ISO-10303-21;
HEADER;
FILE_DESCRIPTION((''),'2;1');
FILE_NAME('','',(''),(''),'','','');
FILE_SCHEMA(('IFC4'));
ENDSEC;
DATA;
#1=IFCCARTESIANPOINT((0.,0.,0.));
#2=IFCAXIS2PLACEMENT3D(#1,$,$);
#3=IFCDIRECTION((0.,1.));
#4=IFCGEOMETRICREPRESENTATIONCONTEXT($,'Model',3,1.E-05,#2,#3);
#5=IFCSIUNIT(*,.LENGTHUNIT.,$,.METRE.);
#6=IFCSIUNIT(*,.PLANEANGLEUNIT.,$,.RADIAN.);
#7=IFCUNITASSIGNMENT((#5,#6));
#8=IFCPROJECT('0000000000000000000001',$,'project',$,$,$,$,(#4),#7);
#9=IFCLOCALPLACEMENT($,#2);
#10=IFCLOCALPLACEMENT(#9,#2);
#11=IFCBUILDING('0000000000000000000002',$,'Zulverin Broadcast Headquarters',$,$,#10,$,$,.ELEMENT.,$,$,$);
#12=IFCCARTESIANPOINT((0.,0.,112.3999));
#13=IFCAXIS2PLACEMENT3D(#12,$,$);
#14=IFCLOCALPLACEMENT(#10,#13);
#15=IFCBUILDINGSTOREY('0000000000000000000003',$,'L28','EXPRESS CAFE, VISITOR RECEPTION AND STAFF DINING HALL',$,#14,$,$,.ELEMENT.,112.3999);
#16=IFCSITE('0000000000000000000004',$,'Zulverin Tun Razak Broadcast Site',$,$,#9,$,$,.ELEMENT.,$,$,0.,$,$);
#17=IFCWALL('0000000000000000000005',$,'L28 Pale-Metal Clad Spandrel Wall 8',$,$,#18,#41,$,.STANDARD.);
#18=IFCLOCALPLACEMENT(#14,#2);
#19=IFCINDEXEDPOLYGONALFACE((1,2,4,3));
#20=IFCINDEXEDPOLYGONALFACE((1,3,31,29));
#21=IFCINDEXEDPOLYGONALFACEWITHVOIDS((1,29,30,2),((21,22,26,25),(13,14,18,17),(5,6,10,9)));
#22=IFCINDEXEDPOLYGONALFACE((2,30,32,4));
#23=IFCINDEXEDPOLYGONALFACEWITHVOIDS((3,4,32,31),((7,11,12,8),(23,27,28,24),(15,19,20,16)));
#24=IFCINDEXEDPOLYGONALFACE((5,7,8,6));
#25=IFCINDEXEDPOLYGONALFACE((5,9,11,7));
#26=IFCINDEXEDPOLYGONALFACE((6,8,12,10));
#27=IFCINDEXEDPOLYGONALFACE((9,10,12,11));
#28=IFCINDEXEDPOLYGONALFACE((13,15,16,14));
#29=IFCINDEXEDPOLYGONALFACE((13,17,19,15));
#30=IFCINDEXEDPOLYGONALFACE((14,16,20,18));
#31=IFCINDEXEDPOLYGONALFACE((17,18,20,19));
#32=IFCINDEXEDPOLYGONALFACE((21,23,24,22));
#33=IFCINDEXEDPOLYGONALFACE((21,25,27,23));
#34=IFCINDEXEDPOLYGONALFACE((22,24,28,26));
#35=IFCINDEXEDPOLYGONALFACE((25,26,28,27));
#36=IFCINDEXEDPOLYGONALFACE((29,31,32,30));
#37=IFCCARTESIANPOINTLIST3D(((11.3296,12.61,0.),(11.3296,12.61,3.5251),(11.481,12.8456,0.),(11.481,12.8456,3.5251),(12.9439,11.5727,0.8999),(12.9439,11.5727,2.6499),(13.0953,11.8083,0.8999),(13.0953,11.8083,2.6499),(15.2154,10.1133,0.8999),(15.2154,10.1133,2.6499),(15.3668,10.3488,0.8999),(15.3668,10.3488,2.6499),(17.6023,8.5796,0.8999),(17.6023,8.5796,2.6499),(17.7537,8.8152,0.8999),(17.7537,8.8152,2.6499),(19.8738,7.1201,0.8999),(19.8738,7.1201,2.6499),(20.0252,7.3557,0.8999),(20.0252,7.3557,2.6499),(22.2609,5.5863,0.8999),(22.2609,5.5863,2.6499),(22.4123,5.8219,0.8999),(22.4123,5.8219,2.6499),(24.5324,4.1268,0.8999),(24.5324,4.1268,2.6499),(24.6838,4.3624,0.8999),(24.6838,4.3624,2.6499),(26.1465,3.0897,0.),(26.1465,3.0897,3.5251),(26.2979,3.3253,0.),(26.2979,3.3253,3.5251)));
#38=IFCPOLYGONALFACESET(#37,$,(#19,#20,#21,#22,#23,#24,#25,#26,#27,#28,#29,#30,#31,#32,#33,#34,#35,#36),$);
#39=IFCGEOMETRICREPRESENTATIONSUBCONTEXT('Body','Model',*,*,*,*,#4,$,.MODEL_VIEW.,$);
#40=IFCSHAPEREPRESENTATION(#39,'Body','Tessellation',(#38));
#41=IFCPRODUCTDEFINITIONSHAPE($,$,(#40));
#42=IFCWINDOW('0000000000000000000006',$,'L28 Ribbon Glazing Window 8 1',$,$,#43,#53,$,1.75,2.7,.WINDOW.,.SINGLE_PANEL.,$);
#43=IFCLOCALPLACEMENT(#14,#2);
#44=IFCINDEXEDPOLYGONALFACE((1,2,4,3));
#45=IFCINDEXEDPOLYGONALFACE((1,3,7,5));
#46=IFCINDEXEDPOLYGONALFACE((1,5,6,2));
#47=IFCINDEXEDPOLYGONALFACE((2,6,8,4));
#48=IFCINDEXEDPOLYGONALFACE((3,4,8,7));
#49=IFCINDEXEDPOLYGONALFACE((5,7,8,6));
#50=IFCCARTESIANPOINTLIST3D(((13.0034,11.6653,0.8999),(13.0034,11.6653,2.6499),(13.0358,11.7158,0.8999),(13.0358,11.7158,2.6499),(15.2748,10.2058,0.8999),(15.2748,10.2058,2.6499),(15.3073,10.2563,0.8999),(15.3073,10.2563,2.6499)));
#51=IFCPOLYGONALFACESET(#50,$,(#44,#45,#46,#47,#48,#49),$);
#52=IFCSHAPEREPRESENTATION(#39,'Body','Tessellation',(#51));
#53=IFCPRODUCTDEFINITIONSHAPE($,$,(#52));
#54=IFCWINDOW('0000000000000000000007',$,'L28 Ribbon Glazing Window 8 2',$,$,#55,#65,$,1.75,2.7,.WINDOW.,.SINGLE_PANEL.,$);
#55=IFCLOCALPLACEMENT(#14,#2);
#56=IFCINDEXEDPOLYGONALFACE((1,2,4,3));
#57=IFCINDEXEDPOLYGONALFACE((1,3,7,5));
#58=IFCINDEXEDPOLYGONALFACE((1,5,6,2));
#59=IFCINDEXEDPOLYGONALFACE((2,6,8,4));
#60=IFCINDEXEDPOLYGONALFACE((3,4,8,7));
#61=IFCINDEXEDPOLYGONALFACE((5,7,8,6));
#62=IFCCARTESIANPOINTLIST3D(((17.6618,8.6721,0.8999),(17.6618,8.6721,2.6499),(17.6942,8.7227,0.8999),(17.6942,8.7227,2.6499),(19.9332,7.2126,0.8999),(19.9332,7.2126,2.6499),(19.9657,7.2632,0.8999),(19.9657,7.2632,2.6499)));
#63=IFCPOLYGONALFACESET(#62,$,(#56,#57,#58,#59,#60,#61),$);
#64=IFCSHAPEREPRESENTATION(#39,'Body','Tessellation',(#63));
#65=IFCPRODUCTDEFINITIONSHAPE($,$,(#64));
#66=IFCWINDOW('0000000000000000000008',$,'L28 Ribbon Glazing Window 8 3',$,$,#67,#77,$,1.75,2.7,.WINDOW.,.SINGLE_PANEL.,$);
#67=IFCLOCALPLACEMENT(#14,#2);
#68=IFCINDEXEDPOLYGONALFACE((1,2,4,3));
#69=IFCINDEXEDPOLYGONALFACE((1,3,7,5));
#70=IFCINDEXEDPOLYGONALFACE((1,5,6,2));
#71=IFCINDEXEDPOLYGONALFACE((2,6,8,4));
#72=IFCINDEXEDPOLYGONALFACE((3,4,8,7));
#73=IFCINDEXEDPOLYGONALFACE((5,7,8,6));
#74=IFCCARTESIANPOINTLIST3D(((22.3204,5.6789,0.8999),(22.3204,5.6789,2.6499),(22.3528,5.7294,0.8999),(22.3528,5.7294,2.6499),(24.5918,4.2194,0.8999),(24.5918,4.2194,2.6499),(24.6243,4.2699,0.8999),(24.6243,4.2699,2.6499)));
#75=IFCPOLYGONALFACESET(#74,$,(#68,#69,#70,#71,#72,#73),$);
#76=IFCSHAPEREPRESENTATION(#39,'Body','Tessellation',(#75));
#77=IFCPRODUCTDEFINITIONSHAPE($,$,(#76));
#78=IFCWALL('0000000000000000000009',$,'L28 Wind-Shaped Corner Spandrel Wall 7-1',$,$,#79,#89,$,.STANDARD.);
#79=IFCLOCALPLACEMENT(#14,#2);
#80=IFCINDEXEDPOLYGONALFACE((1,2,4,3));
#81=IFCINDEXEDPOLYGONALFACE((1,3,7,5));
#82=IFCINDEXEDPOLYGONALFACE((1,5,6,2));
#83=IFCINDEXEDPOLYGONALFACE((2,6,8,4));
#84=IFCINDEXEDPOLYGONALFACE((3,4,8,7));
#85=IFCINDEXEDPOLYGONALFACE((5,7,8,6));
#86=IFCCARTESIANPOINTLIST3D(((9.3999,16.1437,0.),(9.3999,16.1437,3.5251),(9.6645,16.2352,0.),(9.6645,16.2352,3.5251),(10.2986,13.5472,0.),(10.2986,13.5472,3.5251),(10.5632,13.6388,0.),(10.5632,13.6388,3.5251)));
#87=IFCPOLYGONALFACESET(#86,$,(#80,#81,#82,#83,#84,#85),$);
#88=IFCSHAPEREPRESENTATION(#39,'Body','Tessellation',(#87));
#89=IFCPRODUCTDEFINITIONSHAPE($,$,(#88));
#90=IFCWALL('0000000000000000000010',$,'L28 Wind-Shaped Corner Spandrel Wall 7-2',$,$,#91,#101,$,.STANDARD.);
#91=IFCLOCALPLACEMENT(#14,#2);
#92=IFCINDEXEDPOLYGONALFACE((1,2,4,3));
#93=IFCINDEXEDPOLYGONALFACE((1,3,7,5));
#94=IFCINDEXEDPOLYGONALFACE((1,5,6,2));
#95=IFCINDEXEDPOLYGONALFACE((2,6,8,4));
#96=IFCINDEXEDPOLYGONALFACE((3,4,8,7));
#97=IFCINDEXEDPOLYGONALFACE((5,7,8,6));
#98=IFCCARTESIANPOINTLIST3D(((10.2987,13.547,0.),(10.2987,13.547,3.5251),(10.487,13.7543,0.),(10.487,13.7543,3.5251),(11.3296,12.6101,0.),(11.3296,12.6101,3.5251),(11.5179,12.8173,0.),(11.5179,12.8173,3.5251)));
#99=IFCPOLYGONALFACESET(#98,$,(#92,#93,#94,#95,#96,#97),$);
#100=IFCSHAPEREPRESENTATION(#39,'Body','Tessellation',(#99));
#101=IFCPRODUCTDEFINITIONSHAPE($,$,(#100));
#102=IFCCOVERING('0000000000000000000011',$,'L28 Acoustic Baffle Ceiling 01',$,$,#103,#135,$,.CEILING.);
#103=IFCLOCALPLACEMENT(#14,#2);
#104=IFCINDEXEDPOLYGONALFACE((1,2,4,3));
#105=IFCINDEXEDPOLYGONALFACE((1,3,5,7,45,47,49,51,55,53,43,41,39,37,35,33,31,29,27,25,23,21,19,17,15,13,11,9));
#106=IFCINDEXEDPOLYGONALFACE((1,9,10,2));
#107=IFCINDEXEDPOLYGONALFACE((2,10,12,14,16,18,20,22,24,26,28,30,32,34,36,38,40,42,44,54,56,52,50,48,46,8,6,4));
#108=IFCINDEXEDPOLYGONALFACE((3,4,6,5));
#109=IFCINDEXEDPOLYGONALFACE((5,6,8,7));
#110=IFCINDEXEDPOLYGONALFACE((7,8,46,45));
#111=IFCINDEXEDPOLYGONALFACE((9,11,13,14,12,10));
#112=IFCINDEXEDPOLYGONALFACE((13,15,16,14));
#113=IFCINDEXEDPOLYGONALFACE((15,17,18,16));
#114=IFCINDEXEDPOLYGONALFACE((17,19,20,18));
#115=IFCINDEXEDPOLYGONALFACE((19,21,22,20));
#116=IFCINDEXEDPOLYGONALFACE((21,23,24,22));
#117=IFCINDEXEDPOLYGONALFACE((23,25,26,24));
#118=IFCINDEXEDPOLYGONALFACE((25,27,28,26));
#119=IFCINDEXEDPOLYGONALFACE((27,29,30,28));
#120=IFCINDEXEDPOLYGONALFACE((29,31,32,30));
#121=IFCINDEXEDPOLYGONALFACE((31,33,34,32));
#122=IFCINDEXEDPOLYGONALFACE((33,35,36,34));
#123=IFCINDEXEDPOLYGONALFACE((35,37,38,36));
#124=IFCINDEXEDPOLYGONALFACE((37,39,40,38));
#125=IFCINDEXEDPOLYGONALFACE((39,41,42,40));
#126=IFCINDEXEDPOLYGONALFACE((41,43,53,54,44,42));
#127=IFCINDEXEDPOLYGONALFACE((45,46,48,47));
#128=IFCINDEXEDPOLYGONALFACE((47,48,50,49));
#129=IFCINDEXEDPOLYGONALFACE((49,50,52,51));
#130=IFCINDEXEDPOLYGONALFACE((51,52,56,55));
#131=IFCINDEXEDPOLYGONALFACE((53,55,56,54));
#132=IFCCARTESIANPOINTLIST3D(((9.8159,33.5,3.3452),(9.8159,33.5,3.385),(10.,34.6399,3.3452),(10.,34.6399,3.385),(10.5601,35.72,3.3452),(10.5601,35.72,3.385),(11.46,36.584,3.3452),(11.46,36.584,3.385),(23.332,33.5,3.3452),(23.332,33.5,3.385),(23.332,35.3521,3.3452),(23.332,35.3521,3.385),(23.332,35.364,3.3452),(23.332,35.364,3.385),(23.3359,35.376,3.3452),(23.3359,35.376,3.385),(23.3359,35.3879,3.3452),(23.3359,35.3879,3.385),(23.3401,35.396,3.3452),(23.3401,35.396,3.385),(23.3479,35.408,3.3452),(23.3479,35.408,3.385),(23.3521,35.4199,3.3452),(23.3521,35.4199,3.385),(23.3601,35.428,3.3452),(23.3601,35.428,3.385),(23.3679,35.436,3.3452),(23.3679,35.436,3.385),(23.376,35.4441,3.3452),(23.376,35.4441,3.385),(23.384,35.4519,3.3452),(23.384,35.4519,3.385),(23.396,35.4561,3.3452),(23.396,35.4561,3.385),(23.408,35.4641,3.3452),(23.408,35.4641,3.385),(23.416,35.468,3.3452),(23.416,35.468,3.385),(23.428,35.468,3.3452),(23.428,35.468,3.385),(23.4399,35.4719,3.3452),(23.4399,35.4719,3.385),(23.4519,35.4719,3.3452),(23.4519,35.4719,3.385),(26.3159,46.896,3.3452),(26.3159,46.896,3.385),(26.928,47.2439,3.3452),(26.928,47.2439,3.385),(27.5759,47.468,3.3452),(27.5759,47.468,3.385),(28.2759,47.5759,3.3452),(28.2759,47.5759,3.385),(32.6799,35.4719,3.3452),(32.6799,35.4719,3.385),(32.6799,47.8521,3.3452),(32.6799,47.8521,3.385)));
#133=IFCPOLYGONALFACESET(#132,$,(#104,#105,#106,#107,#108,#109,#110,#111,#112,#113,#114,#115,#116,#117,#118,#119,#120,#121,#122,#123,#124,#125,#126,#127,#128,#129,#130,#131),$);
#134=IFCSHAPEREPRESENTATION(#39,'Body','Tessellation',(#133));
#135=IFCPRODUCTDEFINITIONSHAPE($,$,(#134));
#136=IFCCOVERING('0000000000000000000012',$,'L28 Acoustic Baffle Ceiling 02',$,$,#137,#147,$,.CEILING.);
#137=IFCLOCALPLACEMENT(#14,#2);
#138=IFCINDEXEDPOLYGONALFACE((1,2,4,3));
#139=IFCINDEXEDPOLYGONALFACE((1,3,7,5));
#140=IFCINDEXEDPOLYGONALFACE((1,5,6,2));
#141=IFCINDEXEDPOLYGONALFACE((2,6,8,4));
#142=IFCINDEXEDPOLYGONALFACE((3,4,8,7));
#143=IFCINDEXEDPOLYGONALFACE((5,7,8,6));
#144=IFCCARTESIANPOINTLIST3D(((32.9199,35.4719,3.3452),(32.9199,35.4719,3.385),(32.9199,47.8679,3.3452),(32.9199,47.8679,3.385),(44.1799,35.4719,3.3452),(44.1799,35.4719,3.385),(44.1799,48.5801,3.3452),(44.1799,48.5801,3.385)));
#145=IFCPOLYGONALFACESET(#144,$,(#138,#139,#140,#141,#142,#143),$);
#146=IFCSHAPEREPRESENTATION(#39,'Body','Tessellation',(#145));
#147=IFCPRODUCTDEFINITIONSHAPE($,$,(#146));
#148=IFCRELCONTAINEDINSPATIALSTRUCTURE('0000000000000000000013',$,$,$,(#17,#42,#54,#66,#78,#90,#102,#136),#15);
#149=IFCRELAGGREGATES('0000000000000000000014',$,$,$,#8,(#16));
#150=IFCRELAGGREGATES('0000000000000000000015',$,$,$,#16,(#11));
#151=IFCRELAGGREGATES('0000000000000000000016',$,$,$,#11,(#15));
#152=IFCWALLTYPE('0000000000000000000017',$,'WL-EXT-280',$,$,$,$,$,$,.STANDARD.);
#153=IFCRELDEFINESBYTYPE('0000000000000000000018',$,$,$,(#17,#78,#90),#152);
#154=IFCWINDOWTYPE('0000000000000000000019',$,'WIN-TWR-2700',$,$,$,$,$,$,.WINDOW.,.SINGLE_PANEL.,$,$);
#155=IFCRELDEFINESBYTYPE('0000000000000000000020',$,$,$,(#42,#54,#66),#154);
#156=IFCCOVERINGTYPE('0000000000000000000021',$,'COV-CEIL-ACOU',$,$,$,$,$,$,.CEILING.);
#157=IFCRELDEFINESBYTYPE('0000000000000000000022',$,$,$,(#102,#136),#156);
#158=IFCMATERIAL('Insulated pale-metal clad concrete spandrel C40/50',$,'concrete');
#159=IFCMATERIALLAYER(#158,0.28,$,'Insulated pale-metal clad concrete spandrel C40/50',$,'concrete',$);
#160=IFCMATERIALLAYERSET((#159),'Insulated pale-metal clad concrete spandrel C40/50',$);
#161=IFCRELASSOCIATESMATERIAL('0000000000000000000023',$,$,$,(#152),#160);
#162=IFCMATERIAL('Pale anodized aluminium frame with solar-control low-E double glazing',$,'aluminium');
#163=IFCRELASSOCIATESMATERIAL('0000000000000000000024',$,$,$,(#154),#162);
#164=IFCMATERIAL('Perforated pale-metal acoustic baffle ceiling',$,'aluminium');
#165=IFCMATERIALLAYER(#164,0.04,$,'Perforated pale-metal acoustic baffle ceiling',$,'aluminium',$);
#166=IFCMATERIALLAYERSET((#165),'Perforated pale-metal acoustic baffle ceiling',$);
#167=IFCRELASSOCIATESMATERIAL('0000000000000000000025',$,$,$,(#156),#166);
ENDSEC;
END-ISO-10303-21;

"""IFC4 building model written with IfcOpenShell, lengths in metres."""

from ifc_helpers import new_model, si_unit, direction, frame, frame_2d, origin, place, context, subcontext, project, spatial, polyline, rectangle, outline, extrude, material, layer, layer_set, type_object, element, fill, save


model = new_model("IFC4")

# Units and contexts
model_context = context("Model", 3, precision=1e-05, world=origin(), true_north=direction((0.0, 1.0)))
body_context = subcontext(model_context, "Body", "Model", "MODEL_VIEW")
ifc_project = project(units=[si_unit("LENGTHUNIT", "METRE"), si_unit("PLANEANGLEUNIT", "RADIAN")], contexts=[model_context])

# Site, building, storey
site_placement = place(None, origin())
site = spatial("IfcSite", under=ifc_project, at=site_placement, Name="Zulverin Tun Razak Broadcast Site", CompositionType="ELEMENT", RefElevation=0.0)
building_placement = place(site_placement, origin())
building = spatial("IfcBuilding", under=site, at=building_placement, Name="Zulverin Broadcast Headquarters", CompositionType="ELEMENT")
storey_placement = place(building_placement, frame((0.0, 0.0, 112.3999)))
storey = spatial("IfcBuildingStorey", under=building, at=storey_placement, Name="L28", Description="EXPRESS CAFE, VISITOR RECEPTION AND STAFF DINING HALL", CompositionType="ELEMENT", Elevation=112.3999)

# Wall, openings, windows
ifc_material_1 = material(Name="Insulated pale-metal clad concrete spandrel C40/50", Category="concrete")
ifc_layer_1 = layer(ifc_material_1, 0.28, Name="Insulated pale-metal clad concrete spandrel C40/50", Category="concrete")
ifc_layer_set_1 = layer_set([ifc_layer_1], Name="Insulated pale-metal clad concrete spandrel C40/50")
wall_type_1 = type_object("IfcWallType", Name="WL-EXT-280", PredefinedType="STANDARD", material=ifc_layer_set_1)
wall_1_placement = place(storey_placement, frame((11.4053, 12.7278, 0.0), z_axis=(0.0, 0.0, 1.0), x_axis=(0.841305, -0.540561, 0.0)))
wall_1 = element("IfcWall", 1, at=wall_1_placement, inside=storey, type_object=wall_type_1, Name="L28 Pale-Metal Clad Spandrel Wall 8", PredefinedType="STANDARD", context=body_context, shape_type="SweptSolid", body=[
    extrude(rectangle(XDim=17.6118, YDim=0.28, at=frame_2d((8.8059, 0.0))), origin(), (0.0, 0.0, 1.0), 3.5251),
])
opening_1_placement = place(wall_1_placement, frame((1.9187, 0.0, 0.8999)))
opening_1 = element("IfcOpeningElement", 2, at=opening_1_placement, cuts=wall_1, PredefinedType="OPENING", context=body_context, shape_type="SweptSolid", body=[
    extrude(rectangle(XDim=2.7, YDim=1.75, at=frame_2d((1.3501, 0.875))), frame((0.0, 0.1499, 0.0), z_axis=(0.0, -1.0, 0.0), x_axis=(1.0, 0.0, 0.0)), (0.0, 0.0, 1.0), 0.3),
])
opening_2_placement = place(wall_1_placement, frame((7.4558, 0.0, 0.8999)))
opening_2 = element("IfcOpeningElement", 3, at=opening_2_placement, cuts=wall_1, PredefinedType="OPENING", context=body_context, shape_type="SweptSolid", body=[
    extrude(rectangle(XDim=2.7, YDim=1.75, at=frame_2d((1.3501, 0.875))), frame((0.0, 0.1499, 0.0), z_axis=(0.0, -1.0, 0.0), x_axis=(1.0, 0.0, 0.0)), (0.0, 0.0, 1.0), 0.3),
])
opening_3_placement = place(wall_1_placement, frame((12.9932, 0.0, 0.8999)))
opening_3 = element("IfcOpeningElement", 4, at=opening_3_placement, cuts=wall_1, PredefinedType="OPENING", context=body_context, shape_type="SweptSolid", body=[
    extrude(rectangle(XDim=2.7, YDim=1.75, at=frame_2d((1.3501, 0.875))), frame((0.0, 0.1499, 0.0), z_axis=(0.0, -1.0, 0.0), x_axis=(1.0, 0.0, 0.0)), (0.0, 0.0, 1.0), 0.3),
])
ifc_material_2 = material(Name="Pale anodized aluminium frame with solar-control low-E double glazing", Category="aluminium")
window_type = type_object("IfcWindowType", Name="WIN-TWR-2700", PartitioningType="SINGLE_PANEL", PredefinedType="WINDOW", material=ifc_material_2)
window_1_placement = place(opening_1_placement, origin())
window_1 = element("IfcWindow", 5, at=window_1_placement, inside=storey, type_object=window_type, Name="L28 Ribbon Glazing Window 8 1", OverallHeight=1.75, OverallWidth=2.7, PartitioningType="SINGLE_PANEL", PredefinedType="WINDOW", context=body_context, shape_type="SweptSolid", body=[
    extrude(rectangle(XDim=2.7, YDim=1.75, at=frame_2d((1.3501, 0.875))), frame((0.0, 0.03, 0.0), z_axis=(0.0, -1.0, 0.0), x_axis=(1.0, 0.0, 0.0)), (0.0, 0.0, 1.0), 0.0601),
])
fill(opening_1, window_1)
window_2_placement = place(opening_2_placement, origin())
window_2 = element("IfcWindow", 6, at=window_2_placement, inside=storey, type_object=window_type, Name="L28 Ribbon Glazing Window 8 2", OverallHeight=1.75, OverallWidth=2.7, PartitioningType="SINGLE_PANEL", PredefinedType="WINDOW", context=body_context, shape_type="SweptSolid", body=[
    extrude(rectangle(XDim=2.7, YDim=1.75, at=frame_2d((1.3501, 0.875))), frame((0.0, 0.03, 0.0), z_axis=(0.0, -1.0, 0.0), x_axis=(1.0, 0.0, 0.0)), (0.0, 0.0, 1.0), 0.0601),
])
fill(opening_2, window_2)
window_3_placement = place(opening_3_placement, origin())
window_3 = element("IfcWindow", 7, at=window_3_placement, inside=storey, type_object=window_type, Name="L28 Ribbon Glazing Window 8 3", OverallHeight=1.75, OverallWidth=2.7, PartitioningType="SINGLE_PANEL", PredefinedType="WINDOW", context=body_context, shape_type="SweptSolid", body=[
    extrude(rectangle(XDim=2.7, YDim=1.75, at=frame_2d((1.3501, 0.875))), frame((0.0, 0.03, 0.0), z_axis=(0.0, -1.0, 0.0), x_axis=(1.0, 0.0, 0.0)), (0.0, 0.0, 1.0), 0.0601),
])
fill(opening_3, window_3)

# Walls
wall_2_placement = place(storey_placement, frame((9.5322, 16.1895, 0.0), z_axis=(0.0, 0.0, 1.0), x_axis=(0.327083, -0.944996, 0.0)))
element("IfcWall", 8, at=wall_2_placement, inside=storey, type_object=wall_type_1, Name="L28 Wind-Shaped Corner Spandrel Wall 7-1", PredefinedType="STANDARD", context=body_context, shape_type="SweptSolid", body=[
    extrude(rectangle(XDim=2.7476, YDim=0.28, at=frame_2d((1.3738, 0.0))), origin(), (0.0, 0.0, 1.0), 3.5251),
])
wall_3_placement = place(storey_placement, frame((10.3928, 13.6506, 0.0), z_axis=(0.0, 0.0, 1.0), x_axis=(0.740035, -0.672568, 0.0)))
element("IfcWall", 9, at=wall_3_placement, inside=storey, type_object=wall_type_1, Name="L28 Wind-Shaped Corner Spandrel Wall 7-2", PredefinedType="STANDARD", context=body_context, shape_type="SweptSolid", body=[
    extrude(rectangle(XDim=1.3931, YDim=0.28, at=frame_2d((0.6965, 0.0))), origin(), (0.0, 0.0, 1.0), 3.5251),
])

# Coverings
ifc_material_3 = material(Name="Perforated pale-metal acoustic baffle ceiling", Category="aluminium")
ifc_layer_2 = layer(ifc_material_3, 0.04, Name="Perforated pale-metal acoustic baffle ceiling", Category="aluminium")
ifc_layer_set_2 = layer_set([ifc_layer_2], Name="Perforated pale-metal acoustic baffle ceiling")
covering_type_1 = type_object("IfcCoveringType", Name="COV-CEIL-ACOU", PredefinedType="CEILING", material=ifc_layer_set_2)
covering_1_placement = place(storey_placement, frame((0.0, 0.0, 3.3452)))
element("IfcCovering", 10, at=covering_1_placement, inside=storey, type_object=covering_type_1, Name="L28 Acoustic Baffle Ceiling 01", PredefinedType="CEILING", context=body_context, shape_type="SweptSolid", body=[
    extrude(outline(polyline([(11.46, 36.584), (10.5601, 35.72), (10.0, 34.6399), (9.8159, 33.5), (23.332, 33.5), (23.332, 35.3521), (23.332, 35.364), (23.3359, 35.376), (23.3359, 35.3879), (23.3401, 35.396), (23.3479, 35.408), (23.3521, 35.4199), (23.3601, 35.428), (23.3679, 35.436), (23.376, 35.4441), (23.384, 35.4519), (23.396, 35.4561), (23.408, 35.4641), (23.416, 35.468), (23.428, 35.468), (23.4399, 35.4719), (23.4519, 35.4719), (32.6799, 35.4719), (32.6799, 47.8521), (28.2759, 47.5759), (27.5759, 47.468), (26.928, 47.2439), (26.3159, 46.896), (11.46, 36.584)])), origin(), (0.0, 0.0, 1.0), 0.0398),
])
covering_2_placement = place(storey_placement, frame((0.0, 0.0, 3.3452)))
element("IfcCovering", 11, at=covering_2_placement, inside=storey, type_object=covering_type_1, Name="L28 Acoustic Baffle Ceiling 02", PredefinedType="CEILING", context=body_context, shape_type="SweptSolid", body=[
    extrude(outline(polyline([(44.1799, 35.4719), (44.1799, 48.5801), (32.9199, 47.8679), (32.9199, 35.4719), (44.1799, 35.4719)])), origin(), (0.0, 0.0, 1.0), 0.0398),
])

save(model, "model.ifc")
